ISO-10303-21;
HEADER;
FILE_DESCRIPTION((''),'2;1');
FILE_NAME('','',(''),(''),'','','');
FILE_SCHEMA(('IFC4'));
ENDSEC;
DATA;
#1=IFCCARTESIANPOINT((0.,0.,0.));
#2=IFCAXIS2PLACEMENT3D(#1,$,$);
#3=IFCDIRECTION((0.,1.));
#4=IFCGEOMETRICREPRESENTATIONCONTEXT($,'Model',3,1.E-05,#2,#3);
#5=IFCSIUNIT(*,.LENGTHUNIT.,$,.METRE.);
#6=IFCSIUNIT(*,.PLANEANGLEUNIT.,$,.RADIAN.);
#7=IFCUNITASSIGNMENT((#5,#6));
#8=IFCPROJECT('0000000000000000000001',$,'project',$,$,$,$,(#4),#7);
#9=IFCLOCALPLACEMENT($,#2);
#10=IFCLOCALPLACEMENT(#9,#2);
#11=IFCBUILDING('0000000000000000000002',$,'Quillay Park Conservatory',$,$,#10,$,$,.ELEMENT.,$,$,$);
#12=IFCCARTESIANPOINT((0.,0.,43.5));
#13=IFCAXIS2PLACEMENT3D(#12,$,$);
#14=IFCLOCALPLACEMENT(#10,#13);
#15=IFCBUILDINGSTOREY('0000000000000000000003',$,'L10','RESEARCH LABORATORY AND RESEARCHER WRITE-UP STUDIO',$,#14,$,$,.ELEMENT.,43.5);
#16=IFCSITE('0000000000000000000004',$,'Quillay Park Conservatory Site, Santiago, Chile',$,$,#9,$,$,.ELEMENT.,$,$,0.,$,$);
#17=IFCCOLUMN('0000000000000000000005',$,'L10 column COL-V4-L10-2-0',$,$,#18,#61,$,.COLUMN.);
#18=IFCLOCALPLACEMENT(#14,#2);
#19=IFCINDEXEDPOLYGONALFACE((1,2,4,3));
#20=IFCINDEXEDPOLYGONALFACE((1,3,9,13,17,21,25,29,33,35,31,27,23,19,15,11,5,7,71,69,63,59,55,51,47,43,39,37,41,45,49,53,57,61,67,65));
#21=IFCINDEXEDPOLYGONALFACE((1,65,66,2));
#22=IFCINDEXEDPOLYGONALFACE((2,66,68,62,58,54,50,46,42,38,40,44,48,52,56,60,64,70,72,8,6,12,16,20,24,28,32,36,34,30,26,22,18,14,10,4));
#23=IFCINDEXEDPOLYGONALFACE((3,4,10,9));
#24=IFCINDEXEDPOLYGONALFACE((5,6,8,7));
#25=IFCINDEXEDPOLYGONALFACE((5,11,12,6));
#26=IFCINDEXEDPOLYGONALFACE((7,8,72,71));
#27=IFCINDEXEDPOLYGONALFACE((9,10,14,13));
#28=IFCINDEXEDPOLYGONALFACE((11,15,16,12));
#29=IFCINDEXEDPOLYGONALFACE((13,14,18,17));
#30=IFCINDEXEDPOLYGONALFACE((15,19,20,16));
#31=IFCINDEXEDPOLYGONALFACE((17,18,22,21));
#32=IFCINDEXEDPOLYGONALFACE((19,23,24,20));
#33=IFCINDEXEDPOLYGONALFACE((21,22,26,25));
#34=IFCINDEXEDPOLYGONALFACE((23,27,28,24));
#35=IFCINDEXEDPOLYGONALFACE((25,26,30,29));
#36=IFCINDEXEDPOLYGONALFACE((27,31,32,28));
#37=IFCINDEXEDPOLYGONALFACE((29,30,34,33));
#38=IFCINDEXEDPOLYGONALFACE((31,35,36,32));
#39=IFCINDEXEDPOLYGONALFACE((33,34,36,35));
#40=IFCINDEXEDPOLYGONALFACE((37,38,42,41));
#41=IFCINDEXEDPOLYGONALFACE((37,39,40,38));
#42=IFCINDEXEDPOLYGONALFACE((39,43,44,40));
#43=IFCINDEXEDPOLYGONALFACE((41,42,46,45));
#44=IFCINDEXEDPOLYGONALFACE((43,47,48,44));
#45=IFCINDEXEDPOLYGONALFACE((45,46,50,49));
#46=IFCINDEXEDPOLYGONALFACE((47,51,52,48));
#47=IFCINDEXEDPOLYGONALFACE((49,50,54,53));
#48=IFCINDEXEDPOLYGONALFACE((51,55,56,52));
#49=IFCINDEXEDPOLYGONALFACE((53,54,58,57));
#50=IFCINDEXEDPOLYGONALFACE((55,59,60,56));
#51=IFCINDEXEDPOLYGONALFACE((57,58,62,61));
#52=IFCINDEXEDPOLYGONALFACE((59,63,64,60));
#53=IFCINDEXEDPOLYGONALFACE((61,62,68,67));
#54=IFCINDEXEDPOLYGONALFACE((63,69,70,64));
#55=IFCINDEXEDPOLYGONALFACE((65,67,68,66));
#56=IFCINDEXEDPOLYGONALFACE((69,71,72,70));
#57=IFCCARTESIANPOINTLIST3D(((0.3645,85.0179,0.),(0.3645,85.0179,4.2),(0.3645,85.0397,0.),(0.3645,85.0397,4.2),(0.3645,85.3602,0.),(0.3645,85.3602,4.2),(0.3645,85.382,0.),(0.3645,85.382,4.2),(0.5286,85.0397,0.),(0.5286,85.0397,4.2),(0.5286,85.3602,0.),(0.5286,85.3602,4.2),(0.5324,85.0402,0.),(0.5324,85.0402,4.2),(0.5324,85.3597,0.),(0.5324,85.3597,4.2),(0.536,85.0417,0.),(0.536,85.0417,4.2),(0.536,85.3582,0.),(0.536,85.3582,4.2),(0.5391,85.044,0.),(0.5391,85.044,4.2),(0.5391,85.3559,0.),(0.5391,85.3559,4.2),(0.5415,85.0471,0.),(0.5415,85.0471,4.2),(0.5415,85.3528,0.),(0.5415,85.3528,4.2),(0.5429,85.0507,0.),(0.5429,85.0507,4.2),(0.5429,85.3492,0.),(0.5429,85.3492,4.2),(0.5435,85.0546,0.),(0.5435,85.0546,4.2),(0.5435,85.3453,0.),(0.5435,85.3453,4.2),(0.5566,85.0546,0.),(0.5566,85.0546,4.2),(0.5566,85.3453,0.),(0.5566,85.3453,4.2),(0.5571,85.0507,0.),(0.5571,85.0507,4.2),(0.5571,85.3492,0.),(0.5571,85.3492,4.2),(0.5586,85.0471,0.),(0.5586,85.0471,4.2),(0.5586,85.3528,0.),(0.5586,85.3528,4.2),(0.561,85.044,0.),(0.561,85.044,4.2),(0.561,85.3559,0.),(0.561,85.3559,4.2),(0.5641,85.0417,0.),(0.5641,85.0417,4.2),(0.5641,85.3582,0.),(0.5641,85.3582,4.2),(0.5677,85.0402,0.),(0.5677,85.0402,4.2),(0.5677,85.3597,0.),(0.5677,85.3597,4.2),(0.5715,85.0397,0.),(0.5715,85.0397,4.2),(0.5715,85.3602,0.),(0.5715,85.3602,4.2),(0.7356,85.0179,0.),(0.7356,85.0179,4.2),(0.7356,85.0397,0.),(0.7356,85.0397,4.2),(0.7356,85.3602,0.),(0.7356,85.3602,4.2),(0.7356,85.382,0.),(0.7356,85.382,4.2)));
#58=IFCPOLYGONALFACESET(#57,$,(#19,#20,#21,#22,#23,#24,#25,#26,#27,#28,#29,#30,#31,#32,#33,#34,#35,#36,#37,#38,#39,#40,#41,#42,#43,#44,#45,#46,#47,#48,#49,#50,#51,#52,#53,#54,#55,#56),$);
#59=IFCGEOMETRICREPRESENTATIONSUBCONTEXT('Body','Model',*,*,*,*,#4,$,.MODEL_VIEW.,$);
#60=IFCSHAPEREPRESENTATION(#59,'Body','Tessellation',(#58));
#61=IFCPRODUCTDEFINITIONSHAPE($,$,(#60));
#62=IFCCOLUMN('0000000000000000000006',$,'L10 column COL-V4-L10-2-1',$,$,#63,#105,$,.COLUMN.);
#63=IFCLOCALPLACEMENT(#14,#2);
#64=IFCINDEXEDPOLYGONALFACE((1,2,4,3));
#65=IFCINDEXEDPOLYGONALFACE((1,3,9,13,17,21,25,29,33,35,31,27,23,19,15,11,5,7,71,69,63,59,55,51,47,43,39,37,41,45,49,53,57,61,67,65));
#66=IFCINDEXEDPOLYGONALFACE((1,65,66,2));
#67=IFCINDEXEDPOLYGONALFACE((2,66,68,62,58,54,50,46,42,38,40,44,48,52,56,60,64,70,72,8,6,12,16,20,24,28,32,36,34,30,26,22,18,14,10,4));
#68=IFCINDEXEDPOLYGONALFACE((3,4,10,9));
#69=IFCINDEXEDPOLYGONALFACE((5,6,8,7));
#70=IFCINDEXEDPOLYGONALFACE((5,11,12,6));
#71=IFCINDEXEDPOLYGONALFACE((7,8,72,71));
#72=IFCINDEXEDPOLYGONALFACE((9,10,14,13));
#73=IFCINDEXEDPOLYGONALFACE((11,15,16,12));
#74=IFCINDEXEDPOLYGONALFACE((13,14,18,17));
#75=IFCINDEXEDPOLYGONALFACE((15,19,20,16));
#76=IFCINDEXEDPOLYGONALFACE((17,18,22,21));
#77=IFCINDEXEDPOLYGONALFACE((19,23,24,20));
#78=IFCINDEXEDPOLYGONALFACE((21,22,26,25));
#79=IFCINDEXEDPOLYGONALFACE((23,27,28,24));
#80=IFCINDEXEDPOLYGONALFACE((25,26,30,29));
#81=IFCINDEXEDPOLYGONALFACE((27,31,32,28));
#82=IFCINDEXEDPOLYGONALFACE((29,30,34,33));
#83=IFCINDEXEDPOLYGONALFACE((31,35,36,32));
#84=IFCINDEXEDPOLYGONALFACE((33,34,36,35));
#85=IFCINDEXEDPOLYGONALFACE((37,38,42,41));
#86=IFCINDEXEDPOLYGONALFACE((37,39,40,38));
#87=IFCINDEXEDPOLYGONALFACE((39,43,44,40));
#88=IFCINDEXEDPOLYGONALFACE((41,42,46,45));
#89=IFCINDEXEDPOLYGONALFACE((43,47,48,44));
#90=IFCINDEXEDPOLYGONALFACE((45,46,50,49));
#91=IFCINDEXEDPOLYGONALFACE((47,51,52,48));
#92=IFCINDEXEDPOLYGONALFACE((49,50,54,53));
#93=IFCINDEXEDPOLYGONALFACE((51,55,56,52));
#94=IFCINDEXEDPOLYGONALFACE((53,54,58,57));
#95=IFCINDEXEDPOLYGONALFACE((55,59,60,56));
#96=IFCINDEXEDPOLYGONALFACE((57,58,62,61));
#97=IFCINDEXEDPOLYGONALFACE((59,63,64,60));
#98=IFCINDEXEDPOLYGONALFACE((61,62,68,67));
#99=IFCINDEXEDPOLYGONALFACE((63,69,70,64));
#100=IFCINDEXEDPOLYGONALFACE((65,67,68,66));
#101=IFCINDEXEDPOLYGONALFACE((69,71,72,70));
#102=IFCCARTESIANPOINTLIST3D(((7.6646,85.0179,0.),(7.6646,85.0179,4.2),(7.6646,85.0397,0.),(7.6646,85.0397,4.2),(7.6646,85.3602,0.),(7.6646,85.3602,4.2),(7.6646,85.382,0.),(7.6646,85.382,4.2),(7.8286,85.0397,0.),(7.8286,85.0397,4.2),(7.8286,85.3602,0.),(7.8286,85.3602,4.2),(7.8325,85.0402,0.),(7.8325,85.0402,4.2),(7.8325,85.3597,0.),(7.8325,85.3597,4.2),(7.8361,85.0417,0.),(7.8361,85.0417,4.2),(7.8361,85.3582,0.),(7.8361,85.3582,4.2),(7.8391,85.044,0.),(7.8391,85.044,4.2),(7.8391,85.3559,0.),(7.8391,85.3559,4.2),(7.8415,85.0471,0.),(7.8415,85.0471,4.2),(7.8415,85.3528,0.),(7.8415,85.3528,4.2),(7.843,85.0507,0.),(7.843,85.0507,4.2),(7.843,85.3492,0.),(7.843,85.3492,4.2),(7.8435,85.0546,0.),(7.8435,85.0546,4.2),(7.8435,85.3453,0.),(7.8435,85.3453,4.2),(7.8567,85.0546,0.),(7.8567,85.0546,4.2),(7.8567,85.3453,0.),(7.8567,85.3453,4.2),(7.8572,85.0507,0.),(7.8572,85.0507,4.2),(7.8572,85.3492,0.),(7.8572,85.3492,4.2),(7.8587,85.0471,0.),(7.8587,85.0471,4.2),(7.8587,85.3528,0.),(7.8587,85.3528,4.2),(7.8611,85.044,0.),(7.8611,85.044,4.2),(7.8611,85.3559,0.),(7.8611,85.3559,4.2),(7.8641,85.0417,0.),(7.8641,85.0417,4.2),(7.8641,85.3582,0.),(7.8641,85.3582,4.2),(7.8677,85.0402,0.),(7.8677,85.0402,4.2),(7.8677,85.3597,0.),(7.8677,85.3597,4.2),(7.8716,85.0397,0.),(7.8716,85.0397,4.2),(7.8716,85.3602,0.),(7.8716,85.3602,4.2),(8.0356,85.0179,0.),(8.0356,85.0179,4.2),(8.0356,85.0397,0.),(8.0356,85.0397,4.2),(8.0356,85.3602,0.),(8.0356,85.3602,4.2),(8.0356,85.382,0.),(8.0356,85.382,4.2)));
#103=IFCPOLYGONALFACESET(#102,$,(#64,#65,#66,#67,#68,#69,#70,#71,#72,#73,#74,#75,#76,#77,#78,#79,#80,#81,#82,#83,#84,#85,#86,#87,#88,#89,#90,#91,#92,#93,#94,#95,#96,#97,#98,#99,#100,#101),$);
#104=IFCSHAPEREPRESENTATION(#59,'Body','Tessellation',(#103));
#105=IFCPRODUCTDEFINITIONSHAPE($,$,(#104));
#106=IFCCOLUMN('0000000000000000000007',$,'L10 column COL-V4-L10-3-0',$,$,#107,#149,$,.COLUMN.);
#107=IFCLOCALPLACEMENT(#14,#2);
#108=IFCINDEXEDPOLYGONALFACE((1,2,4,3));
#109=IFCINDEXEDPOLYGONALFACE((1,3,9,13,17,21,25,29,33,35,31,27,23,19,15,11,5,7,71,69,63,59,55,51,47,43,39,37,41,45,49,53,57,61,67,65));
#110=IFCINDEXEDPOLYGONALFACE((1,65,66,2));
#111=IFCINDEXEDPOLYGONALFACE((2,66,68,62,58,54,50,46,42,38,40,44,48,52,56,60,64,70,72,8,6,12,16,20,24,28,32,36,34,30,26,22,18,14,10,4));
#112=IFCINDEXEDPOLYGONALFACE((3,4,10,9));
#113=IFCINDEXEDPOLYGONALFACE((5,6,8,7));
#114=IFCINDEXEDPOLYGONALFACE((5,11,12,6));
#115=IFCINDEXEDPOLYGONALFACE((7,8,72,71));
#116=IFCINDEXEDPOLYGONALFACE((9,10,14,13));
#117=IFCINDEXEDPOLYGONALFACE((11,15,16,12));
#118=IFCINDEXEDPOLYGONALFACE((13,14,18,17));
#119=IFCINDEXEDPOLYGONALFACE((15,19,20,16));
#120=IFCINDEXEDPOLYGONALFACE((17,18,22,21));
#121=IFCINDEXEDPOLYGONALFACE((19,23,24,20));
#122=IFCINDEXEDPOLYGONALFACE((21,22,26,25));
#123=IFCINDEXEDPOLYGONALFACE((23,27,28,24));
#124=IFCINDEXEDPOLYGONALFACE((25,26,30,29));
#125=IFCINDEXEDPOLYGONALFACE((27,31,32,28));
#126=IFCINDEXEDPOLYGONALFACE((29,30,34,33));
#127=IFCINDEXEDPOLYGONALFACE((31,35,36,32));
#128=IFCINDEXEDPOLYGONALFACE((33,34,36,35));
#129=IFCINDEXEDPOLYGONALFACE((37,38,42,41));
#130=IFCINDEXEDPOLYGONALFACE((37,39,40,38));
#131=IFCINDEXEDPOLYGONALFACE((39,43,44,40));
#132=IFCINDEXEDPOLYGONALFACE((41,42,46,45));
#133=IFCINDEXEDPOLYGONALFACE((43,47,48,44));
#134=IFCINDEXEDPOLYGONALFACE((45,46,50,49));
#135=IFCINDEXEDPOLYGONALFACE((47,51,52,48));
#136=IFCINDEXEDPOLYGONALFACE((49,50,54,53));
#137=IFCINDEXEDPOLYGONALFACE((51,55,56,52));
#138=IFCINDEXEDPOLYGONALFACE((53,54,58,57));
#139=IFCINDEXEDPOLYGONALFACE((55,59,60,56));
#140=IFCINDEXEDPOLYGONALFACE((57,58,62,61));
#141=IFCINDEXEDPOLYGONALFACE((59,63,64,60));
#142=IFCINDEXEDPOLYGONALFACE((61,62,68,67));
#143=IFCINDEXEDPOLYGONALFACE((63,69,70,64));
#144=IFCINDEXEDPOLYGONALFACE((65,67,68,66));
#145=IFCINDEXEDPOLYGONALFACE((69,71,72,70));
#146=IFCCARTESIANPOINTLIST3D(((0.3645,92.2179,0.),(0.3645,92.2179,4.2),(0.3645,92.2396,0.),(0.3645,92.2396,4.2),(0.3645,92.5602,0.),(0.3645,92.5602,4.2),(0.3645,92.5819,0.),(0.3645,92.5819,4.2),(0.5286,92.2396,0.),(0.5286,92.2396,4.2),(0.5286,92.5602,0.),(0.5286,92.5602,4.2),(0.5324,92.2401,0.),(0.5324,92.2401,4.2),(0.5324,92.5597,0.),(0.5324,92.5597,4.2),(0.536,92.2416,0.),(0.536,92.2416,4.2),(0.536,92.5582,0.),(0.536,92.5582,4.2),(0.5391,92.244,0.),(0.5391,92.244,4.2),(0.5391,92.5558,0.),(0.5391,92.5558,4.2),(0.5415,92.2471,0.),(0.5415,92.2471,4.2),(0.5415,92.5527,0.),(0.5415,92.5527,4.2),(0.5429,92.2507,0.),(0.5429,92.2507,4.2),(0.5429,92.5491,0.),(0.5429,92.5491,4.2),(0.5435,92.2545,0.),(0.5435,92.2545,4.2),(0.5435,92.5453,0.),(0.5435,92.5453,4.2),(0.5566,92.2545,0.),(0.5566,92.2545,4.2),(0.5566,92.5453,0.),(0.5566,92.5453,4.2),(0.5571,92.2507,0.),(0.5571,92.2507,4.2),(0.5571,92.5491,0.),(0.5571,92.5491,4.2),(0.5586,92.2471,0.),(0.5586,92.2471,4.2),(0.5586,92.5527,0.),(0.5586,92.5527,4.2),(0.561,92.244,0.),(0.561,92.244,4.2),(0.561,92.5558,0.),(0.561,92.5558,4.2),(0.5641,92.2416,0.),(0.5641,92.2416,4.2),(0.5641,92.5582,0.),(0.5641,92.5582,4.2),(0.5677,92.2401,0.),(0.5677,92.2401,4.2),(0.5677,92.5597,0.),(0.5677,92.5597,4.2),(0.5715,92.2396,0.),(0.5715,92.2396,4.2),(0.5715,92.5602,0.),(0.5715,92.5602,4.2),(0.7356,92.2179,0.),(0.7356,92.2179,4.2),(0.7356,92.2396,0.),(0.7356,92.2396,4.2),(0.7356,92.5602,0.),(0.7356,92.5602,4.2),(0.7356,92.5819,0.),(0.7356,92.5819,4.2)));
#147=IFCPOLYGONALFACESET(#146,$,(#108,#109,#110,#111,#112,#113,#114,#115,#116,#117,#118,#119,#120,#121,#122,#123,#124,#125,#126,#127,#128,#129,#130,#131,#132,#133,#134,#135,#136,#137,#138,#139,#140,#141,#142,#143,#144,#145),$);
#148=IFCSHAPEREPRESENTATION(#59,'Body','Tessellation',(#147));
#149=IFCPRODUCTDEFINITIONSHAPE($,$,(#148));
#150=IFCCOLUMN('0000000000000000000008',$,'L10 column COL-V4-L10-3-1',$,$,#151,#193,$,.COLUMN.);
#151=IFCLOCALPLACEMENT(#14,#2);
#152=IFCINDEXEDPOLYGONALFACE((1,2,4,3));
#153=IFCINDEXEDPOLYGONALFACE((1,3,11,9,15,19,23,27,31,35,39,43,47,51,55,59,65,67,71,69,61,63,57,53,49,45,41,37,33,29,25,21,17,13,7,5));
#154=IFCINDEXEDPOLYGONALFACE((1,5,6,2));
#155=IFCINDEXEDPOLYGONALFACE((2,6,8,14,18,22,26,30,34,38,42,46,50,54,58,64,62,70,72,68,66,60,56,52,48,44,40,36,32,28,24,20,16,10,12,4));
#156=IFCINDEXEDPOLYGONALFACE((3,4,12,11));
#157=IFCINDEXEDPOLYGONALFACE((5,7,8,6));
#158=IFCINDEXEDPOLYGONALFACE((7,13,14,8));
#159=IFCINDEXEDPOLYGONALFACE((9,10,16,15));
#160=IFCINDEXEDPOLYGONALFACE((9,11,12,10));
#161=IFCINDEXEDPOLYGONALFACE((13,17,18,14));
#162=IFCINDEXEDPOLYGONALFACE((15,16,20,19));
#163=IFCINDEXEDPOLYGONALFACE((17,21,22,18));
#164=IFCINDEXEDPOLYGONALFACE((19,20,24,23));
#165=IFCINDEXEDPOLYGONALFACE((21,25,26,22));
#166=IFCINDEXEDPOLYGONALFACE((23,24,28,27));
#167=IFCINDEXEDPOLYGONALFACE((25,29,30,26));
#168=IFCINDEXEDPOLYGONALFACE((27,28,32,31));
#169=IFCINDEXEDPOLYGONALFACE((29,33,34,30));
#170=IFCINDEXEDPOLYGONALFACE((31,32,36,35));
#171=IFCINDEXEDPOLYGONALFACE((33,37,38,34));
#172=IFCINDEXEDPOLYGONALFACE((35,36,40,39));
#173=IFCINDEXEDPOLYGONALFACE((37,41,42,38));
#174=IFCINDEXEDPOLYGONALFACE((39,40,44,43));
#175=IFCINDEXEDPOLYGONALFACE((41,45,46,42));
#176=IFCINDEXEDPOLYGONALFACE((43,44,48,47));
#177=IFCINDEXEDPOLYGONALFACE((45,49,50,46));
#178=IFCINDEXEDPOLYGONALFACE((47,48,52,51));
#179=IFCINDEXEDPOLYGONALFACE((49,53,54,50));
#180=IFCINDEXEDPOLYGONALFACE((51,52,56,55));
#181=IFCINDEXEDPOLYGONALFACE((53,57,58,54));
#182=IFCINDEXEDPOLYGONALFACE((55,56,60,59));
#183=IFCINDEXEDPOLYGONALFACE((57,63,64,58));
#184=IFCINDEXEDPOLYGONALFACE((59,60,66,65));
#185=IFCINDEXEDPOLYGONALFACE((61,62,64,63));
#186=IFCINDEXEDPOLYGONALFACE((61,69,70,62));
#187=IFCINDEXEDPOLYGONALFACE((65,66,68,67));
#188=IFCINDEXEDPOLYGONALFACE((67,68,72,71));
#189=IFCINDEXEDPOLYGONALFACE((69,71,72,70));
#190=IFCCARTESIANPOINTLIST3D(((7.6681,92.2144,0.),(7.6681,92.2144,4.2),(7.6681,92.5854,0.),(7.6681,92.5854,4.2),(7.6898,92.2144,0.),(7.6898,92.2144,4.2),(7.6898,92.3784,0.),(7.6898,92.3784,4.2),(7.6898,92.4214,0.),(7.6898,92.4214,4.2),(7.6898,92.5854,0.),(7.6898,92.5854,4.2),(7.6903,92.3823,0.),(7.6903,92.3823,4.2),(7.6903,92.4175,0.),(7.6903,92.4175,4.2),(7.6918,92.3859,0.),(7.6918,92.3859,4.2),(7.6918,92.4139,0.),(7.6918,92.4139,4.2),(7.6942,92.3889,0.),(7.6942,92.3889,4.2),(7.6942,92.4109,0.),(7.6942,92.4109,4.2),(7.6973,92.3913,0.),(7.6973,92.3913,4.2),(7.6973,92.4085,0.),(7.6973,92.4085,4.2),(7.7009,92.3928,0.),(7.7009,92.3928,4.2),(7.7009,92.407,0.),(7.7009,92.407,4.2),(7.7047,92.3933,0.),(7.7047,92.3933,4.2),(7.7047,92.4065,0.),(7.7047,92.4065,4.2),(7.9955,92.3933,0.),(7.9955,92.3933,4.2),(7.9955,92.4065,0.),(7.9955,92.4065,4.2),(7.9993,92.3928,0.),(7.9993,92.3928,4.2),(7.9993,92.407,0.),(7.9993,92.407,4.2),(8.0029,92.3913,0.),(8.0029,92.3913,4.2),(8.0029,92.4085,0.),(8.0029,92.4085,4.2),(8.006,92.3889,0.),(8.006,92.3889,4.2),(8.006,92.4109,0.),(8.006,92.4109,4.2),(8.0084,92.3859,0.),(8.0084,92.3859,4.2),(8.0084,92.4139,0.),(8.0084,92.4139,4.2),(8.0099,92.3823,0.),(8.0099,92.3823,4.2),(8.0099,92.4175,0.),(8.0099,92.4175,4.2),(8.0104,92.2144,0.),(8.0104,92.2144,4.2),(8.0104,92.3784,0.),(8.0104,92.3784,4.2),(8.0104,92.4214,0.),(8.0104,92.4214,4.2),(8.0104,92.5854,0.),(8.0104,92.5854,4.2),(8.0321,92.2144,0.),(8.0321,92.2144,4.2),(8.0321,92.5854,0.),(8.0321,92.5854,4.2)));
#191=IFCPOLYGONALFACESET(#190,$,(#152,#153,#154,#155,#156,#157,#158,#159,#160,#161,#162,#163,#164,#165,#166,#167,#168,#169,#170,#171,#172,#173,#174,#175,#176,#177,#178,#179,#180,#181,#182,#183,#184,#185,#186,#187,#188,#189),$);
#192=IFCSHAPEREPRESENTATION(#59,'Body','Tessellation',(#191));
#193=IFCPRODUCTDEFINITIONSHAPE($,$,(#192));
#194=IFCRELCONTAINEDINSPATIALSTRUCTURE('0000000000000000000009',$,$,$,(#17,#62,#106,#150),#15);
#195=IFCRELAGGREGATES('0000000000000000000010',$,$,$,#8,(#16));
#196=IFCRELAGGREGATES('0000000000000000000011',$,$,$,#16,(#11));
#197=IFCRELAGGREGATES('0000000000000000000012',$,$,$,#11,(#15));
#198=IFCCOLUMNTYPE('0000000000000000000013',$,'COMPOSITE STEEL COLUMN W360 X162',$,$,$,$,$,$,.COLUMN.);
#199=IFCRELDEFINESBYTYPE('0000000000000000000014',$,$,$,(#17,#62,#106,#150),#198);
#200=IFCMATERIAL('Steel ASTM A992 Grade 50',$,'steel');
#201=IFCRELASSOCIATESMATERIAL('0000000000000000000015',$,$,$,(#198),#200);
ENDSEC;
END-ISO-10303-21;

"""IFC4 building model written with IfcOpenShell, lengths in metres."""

from ifc_helpers import new_model, si_unit, direction, frame, origin, origin_2d, place, context, subcontext, project, spatial, i_section, extrude, material, material_profile, profile_set, type_object, element, save


model = new_model("IFC4")

# Units and contexts
model_context = context("Model", 3, precision=1e-05, world=origin(), true_north=direction((0.0, 1.0)))
body_context = subcontext(model_context, "Body", "Model", "MODEL_VIEW")
ifc_project = project(units=[si_unit("LENGTHUNIT", "METRE"), si_unit("PLANEANGLEUNIT", "RADIAN")], contexts=[model_context])

# Site, building, storey
site_placement = place(None, origin())
site = spatial("IfcSite", under=ifc_project, at=site_placement, Name="Quillay Park Conservatory Site, Santiago, Chile", CompositionType="ELEMENT", RefElevation=0.0)
building_placement = place(site_placement, origin())
building = spatial("IfcBuilding", under=site, at=building_placement, Name="Quillay Park Conservatory", CompositionType="ELEMENT")
storey_placement = place(building_placement, frame((0.0, 0.0, 43.5)))
storey = spatial("IfcBuildingStorey", under=building, at=storey_placement, Name="L10", Description="RESEARCH LABORATORY AND RESEARCHER WRITE-UP STUDIO", CompositionType="ELEMENT", Elevation=43.5)

# Columns
ifc_material_1 = material(Name="Steel ASTM A992 Grade 50", Category="steel")
ifc_material_profile_1 = material_profile(ifc_material_1, i_section(OverallWidth=0.3711, OverallDepth=0.364, WebThickness=0.0132, FlangeThickness=0.0217, FilletRadius=0.0149, at=origin_2d()), Name="W360x162")
ifc_profile_set_1 = profile_set([ifc_material_profile_1], Name="Steel ASTM A992 Grade 50")
column_type = type_object("IfcColumnType", Name="COMPOSITE STEEL COLUMN W360 X162", PredefinedType="COLUMN", material=ifc_profile_set_1)
for number, where, z_axis, x_axis, name in (
    (1, (0.55, 85.2, 0.0), (0.0, 0.0, 1.0), (1.0, 0.0, 0.0), "L10 column COL-V4-L10-2-0"),
    (2, (7.8501, 85.2, 0.0), (0.0, 0.0, 1.0), (1.0, 0.0, 0.0), "L10 column COL-V4-L10-2-1"),
    (3, (0.55, 92.3999, 0.0), (0.0, 0.0, 1.0), (1.0, 0.0, 0.0), "L10 column COL-V4-L10-3-0"),
    (4, (7.8501, 92.3999, 0.0), (0.0, 0.0, 1.0), (0.0, 1.0, 0.0), "L10 column COL-V4-L10-3-1"),
):
    element("IfcColumn", number, at=place(storey_placement, frame(where, z_axis=z_axis, x_axis=x_axis)), inside=storey, type_object=column_type, Name=name, PredefinedType="COLUMN", context=body_context, shape_type="SweptSolid", body=[
        extrude(i_section(OverallWidth=0.3711, OverallDepth=0.364, WebThickness=0.0132, FlangeThickness=0.0217, FilletRadius=0.0149, at=origin_2d()), origin(), (0.0, 0.0, 1.0), 4.2),
    ])

save(model, "model.ifc")
